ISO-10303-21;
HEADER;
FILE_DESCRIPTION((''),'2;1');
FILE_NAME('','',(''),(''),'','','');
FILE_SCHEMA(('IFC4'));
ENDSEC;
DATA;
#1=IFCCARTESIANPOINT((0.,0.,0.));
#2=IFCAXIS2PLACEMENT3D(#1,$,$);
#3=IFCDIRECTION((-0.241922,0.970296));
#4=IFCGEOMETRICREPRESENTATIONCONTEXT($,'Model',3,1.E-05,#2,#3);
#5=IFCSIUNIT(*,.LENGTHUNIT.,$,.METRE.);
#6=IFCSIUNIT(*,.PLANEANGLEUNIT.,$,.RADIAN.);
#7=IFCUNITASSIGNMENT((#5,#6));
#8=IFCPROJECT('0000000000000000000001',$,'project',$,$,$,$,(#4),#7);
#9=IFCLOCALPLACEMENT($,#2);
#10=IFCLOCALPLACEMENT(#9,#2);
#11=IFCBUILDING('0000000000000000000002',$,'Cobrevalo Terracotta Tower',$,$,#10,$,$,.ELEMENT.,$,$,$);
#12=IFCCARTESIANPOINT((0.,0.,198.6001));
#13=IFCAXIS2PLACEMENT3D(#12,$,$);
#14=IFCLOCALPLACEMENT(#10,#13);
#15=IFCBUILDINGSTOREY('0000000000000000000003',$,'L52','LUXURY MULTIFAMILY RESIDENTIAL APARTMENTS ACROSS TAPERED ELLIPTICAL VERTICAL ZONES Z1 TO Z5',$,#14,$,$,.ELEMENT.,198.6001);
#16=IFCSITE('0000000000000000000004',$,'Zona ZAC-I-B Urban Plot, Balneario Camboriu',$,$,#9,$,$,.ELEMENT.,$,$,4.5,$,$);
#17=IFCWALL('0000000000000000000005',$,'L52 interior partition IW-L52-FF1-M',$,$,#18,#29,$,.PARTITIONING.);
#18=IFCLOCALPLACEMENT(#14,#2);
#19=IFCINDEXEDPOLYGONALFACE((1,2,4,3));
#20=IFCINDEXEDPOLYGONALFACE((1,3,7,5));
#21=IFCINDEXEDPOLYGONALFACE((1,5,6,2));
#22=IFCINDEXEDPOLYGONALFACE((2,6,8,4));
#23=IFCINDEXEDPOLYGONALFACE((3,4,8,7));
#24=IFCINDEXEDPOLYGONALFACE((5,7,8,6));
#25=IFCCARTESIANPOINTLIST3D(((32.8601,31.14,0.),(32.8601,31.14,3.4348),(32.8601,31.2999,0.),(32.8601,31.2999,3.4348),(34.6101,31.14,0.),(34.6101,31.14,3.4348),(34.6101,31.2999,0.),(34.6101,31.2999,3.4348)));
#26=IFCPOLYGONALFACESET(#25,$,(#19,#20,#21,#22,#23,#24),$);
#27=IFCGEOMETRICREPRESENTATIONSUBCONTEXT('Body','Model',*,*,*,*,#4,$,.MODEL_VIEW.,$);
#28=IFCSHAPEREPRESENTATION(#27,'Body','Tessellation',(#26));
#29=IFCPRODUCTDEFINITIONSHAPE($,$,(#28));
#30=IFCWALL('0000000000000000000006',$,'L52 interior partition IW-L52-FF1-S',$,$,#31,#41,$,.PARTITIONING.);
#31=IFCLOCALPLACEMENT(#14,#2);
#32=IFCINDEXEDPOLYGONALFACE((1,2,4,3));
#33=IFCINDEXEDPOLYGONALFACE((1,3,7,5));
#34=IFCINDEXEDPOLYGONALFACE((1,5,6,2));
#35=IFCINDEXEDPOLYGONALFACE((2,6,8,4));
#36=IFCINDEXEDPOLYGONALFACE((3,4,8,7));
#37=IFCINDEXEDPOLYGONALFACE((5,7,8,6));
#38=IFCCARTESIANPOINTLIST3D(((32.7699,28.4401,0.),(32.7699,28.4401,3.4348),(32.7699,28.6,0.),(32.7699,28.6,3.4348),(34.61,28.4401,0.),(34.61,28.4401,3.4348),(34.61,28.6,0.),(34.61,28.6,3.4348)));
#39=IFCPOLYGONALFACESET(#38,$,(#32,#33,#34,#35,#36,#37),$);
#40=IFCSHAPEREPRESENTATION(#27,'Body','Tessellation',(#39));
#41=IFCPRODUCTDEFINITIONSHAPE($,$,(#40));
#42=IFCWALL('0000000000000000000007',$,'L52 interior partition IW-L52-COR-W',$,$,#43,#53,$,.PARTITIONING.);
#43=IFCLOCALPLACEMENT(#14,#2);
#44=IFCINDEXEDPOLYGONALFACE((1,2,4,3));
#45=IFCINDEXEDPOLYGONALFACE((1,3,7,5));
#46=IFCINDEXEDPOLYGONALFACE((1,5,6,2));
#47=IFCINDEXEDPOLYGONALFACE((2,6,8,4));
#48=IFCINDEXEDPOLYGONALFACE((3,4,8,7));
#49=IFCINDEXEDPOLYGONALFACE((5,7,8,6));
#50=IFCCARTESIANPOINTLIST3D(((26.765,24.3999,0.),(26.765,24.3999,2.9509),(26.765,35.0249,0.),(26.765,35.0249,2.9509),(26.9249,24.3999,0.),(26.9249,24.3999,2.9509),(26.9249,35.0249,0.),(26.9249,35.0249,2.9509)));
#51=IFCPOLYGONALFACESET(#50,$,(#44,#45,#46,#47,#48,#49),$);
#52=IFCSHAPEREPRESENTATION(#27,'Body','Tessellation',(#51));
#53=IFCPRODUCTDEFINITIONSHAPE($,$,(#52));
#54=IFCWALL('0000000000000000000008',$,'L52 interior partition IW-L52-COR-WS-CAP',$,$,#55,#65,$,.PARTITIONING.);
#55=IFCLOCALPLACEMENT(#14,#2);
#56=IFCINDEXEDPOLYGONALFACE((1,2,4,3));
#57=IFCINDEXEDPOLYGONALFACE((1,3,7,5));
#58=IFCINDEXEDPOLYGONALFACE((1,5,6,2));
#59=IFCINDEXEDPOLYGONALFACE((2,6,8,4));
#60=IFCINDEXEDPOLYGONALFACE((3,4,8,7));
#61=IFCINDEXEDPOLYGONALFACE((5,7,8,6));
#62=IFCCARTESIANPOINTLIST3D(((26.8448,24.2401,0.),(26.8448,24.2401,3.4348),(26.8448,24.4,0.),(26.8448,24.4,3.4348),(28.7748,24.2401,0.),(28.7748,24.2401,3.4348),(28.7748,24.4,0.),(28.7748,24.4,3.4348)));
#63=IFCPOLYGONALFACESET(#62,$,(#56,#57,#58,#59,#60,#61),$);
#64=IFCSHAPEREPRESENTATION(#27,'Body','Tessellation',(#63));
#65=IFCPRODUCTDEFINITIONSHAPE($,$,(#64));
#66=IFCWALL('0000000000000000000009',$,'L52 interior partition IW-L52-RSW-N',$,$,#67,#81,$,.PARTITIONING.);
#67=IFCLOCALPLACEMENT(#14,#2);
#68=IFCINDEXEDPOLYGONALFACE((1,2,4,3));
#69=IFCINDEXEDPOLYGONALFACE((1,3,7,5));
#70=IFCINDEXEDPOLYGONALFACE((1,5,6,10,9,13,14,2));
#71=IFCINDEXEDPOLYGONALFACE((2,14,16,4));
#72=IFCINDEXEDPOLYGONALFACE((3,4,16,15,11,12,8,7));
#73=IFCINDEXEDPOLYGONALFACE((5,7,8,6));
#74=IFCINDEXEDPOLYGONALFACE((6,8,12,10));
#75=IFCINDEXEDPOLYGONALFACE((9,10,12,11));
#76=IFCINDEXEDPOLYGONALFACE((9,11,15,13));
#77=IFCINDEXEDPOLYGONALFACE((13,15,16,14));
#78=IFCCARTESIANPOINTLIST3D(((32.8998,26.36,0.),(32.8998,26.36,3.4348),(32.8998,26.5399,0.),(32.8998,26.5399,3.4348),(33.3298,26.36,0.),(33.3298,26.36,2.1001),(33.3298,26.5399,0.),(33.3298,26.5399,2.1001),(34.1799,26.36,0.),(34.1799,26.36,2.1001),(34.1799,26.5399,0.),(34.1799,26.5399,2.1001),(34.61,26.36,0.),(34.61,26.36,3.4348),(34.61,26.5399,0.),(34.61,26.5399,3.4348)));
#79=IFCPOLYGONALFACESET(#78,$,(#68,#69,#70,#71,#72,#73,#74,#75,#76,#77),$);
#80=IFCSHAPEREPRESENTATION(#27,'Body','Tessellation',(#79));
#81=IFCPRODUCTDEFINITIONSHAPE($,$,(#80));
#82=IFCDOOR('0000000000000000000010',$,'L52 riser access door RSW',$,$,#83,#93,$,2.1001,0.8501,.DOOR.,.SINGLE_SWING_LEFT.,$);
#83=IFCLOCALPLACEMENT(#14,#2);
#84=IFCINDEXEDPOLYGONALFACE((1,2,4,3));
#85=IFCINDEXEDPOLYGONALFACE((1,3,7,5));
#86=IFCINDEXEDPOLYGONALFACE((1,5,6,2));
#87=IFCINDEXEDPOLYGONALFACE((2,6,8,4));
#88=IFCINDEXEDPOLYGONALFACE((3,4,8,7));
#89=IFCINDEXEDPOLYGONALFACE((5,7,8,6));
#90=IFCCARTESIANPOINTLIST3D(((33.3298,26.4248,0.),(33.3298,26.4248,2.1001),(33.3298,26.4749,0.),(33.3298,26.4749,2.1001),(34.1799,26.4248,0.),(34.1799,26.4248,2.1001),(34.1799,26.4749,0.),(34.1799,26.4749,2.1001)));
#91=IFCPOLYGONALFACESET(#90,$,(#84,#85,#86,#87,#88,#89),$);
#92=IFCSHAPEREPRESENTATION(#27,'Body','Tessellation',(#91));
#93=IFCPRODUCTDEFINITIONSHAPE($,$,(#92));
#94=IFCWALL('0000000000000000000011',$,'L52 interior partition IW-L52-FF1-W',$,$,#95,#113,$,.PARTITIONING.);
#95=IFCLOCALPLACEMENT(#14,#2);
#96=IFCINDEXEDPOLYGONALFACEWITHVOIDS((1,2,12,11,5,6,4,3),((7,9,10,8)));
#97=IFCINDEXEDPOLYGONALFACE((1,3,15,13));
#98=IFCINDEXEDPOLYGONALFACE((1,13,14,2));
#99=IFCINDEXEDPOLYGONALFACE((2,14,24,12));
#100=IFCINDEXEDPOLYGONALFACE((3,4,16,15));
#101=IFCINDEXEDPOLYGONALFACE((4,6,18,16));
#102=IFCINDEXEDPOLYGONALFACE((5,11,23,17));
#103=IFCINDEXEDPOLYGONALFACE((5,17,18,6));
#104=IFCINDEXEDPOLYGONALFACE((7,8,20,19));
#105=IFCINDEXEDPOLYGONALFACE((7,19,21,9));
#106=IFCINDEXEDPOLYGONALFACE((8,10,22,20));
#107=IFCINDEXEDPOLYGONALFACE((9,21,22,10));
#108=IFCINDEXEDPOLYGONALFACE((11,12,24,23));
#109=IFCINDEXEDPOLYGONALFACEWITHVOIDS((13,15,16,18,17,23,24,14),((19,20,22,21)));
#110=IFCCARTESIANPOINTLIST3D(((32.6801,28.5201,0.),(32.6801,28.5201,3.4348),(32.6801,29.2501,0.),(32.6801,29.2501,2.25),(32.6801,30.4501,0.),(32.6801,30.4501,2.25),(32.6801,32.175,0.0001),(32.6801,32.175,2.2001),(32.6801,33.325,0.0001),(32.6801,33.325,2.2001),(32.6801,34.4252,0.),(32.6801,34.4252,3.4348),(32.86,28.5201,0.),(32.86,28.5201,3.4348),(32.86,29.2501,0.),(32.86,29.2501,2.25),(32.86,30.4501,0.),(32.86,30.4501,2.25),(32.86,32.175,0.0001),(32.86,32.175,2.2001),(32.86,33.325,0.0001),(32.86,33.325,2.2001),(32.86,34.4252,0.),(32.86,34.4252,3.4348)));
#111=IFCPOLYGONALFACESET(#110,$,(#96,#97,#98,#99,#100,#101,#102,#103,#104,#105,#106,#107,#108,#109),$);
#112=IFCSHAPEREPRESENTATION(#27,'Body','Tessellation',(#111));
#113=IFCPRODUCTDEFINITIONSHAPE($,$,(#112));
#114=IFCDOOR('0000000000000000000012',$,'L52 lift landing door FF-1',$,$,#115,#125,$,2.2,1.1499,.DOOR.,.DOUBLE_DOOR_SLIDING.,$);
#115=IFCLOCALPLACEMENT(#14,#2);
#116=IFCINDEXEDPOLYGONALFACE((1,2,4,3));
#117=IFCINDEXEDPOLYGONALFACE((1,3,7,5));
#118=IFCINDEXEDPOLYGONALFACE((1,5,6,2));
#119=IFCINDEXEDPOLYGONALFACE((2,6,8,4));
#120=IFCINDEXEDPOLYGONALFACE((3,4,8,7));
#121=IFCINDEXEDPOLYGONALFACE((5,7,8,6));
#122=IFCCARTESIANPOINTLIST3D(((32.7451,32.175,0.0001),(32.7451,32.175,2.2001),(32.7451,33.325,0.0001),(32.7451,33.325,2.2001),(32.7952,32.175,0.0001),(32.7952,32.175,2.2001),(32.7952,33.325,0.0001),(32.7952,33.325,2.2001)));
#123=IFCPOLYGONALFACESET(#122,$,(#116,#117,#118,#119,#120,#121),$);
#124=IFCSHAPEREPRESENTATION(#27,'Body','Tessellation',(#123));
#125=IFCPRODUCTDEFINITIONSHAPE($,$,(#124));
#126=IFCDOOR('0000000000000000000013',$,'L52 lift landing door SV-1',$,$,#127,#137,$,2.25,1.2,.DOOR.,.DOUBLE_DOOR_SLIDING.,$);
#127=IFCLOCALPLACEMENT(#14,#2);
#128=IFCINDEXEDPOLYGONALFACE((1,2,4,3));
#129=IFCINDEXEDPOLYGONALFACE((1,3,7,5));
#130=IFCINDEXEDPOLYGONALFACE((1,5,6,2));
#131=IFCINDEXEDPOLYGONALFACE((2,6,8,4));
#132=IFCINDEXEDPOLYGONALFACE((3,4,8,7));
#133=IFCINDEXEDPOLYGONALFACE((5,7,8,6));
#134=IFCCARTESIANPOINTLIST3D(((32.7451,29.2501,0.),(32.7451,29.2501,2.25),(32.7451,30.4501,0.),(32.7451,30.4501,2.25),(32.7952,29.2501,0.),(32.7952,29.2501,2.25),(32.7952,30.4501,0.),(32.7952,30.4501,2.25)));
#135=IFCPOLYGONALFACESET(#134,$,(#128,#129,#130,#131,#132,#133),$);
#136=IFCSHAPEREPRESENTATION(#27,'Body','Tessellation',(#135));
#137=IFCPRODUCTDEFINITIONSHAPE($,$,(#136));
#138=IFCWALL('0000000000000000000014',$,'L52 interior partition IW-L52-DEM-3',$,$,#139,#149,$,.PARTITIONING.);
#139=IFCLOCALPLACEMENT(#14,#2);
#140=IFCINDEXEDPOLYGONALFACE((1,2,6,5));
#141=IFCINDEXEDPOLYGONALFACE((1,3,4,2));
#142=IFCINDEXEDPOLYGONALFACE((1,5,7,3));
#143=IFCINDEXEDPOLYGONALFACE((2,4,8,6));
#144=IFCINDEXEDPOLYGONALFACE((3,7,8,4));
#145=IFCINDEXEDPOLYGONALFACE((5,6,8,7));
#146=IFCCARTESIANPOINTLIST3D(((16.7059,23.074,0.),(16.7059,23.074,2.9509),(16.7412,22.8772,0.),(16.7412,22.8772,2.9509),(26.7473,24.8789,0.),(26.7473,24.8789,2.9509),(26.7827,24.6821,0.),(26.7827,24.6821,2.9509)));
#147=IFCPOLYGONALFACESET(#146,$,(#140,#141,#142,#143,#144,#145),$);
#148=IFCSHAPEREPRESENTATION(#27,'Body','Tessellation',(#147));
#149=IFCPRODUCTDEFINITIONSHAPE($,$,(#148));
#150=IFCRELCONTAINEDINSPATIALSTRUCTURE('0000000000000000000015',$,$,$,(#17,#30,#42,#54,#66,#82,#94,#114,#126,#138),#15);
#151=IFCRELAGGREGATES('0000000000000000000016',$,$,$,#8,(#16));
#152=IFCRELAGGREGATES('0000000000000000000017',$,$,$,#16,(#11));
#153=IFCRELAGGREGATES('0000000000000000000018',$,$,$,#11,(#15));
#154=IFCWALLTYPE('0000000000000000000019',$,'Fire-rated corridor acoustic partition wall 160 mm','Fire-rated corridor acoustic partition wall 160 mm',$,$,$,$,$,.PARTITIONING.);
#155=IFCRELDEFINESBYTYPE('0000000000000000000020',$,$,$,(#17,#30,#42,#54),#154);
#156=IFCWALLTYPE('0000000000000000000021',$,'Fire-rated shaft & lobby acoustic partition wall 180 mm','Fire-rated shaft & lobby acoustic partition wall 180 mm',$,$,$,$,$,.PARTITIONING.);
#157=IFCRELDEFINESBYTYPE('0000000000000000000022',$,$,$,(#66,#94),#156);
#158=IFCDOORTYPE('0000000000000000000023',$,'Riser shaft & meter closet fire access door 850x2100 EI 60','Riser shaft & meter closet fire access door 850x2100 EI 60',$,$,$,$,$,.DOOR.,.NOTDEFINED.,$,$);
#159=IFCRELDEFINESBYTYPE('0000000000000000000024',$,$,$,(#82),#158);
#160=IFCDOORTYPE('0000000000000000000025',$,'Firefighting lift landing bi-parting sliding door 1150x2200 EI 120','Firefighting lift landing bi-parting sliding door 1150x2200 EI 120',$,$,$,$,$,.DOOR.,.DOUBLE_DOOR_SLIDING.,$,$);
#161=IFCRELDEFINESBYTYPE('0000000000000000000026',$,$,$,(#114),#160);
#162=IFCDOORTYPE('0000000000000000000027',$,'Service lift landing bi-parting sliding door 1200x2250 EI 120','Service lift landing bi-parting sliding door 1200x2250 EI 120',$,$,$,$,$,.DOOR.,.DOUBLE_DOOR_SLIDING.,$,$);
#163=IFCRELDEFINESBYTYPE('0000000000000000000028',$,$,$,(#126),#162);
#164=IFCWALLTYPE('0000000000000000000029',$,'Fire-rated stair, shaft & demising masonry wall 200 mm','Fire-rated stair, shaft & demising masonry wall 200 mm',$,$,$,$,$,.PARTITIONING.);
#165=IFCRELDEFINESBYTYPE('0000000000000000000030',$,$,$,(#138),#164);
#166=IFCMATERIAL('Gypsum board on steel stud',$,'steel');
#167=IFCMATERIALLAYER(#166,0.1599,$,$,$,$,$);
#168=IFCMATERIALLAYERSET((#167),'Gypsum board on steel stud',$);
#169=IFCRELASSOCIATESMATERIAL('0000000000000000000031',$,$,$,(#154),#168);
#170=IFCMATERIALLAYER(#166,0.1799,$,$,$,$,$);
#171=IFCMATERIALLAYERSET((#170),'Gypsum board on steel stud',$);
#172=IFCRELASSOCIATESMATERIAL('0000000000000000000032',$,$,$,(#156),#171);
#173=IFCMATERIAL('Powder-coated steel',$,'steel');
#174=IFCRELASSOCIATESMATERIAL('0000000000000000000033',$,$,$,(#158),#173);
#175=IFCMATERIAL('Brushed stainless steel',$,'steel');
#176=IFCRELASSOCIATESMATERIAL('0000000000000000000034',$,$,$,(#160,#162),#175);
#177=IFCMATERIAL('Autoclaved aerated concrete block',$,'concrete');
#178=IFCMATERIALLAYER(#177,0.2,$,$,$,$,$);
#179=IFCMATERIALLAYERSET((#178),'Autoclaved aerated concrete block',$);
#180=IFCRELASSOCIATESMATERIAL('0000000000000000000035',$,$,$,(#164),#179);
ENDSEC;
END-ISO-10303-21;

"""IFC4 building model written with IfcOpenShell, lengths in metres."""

from ifc_helpers import new_model, si_unit, direction, frame, frame_2d, origin, place, context, subcontext, project, spatial, rectangle, extrude, source, transform, mapped, material, layer, layer_set, type_object, element, fill, save


model = new_model("IFC4")

# Units and contexts
model_context = context("Model", 3, precision=1e-05, world=origin(), true_north=direction((-0.241922, 0.970296)))
body_context = subcontext(model_context, "Body", "Model", "MODEL_VIEW")
ifc_project = project(units=[si_unit("LENGTHUNIT", "METRE"), si_unit("PLANEANGLEUNIT", "RADIAN")], contexts=[model_context])

# Site, building, storey
site_placement = place(None, origin())
site = spatial("IfcSite", under=ifc_project, at=site_placement, Name="Zona ZAC-I-B Urban Plot, Balneario Camboriu", CompositionType="ELEMENT", RefElevation=4.5)
building_placement = place(site_placement, origin())
building = spatial("IfcBuilding", under=site, at=building_placement, Name="Cobrevalo Terracotta Tower", CompositionType="ELEMENT")
storey_placement = place(building_placement, frame((0.0, 0.0, 198.6001)))
storey = spatial("IfcBuildingStorey", under=building, at=storey_placement, Name="L52", Description="LUXURY MULTIFAMILY RESIDENTIAL APARTMENTS ACROSS TAPERED ELLIPTICAL VERTICAL ZONES Z1 TO Z5", CompositionType="ELEMENT", Elevation=198.6001)

# Walls
ifc_material_1 = material(Name="Gypsum board on steel stud", Category="steel")
ifc_layer_1 = layer(ifc_material_1, 0.1599)
ifc_layer_set_1 = layer_set([ifc_layer_1], Name="Gypsum board on steel stud")
wall_type_1 = type_object("IfcWallType", Name="Fire-rated corridor acoustic partition wall 160 mm", Description="Fire-rated corridor acoustic partition wall 160 mm", PredefinedType="PARTITIONING", material=ifc_layer_set_1)
wall_1_placement = place(storey_placement, frame((32.8601, 31.22, 0.0), z_axis=(0.0, 0.0, 1.0), x_axis=(1.0, 0.0, 0.0)))
element("IfcWall", 1, at=wall_1_placement, inside=storey, type_object=wall_type_1, Name="L52 interior partition IW-L52-FF1-M", PredefinedType="PARTITIONING", context=body_context, shape_type="SweptSolid", body=[
    extrude(rectangle(XDim=1.75, YDim=0.1599, at=frame_2d((0.875, 0.0))), origin(), (0.0, 0.0, 1.0), 3.4348),
])
wall_2_placement = place(storey_placement, frame((32.77, 28.52, 0.0), z_axis=(0.0, 0.0, 1.0), x_axis=(1.0, 0.0, 0.0)))
element("IfcWall", 2, at=wall_2_placement, inside=storey, type_object=wall_type_1, Name="L52 interior partition IW-L52-FF1-S", PredefinedType="PARTITIONING", context=body_context, shape_type="SweptSolid", body=[
    extrude(rectangle(XDim=1.8401, YDim=0.1599, at=frame_2d((0.9199, 0.0))), origin(), (0.0, 0.0, 1.0), 3.4348),
])
wall_3_placement = place(storey_placement, frame((26.845, 24.3999, 0.0), z_axis=(0.0, 0.0, 1.0), x_axis=(0.0, 1.0, 0.0)))
element("IfcWall", 3, at=wall_3_placement, inside=storey, type_object=wall_type_1, Name="L52 interior partition IW-L52-COR-W", PredefinedType="PARTITIONING", context=body_context, shape_type="SweptSolid", body=[
    extrude(rectangle(XDim=10.625, YDim=0.1599, at=frame_2d((5.3125, 0.0))), origin(), (0.0, 0.0, 1.0), 2.9509),
])
wall_4_placement = place(storey_placement, frame((26.845, 24.3201, 0.0), z_axis=(0.0, 0.0, 1.0), x_axis=(1.0, 0.0, 0.0)))
element("IfcWall", 4, at=wall_4_placement, inside=storey, type_object=wall_type_1, Name="L52 interior partition IW-L52-COR-WS-CAP", PredefinedType="PARTITIONING", context=body_context, shape_type="SweptSolid", body=[
    extrude(rectangle(XDim=1.9299, YDim=0.1599, at=frame_2d((0.9648, 0.0))), origin(), (0.0, 0.0, 1.0), 3.4348),
])

# Wall, opening, door
ifc_layer_2 = layer(ifc_material_1, 0.1799)
ifc_layer_set_2 = layer_set([ifc_layer_2], Name="Gypsum board on steel stud")
wall_type_2 = type_object("IfcWallType", Name="Fire-rated shaft & lobby acoustic partition wall 180 mm", Description="Fire-rated shaft & lobby acoustic partition wall 180 mm", PredefinedType="PARTITIONING", material=ifc_layer_set_2)
wall_5_placement = place(storey_placement, frame((32.8999, 26.45, 0.0), z_axis=(0.0, 0.0, 1.0), x_axis=(1.0, 0.0, 0.0)))
wall_5 = element("IfcWall", 5, at=wall_5_placement, inside=storey, type_object=wall_type_2, Name="L52 interior partition IW-L52-RSW-N", PredefinedType="PARTITIONING", context=body_context, shape_type="SweptSolid", body=[
    extrude(rectangle(XDim=1.7102, YDim=0.1799, at=frame_2d((0.855, 0.0))), origin(), (0.0, 0.0, 1.0), 3.4348),
])
opening_1_placement = place(wall_5_placement, frame((0.4299, 0.0, 0.0)))
opening_1 = element("IfcOpeningElement", 6, at=opening_1_placement, cuts=wall_5, PredefinedType="OPENING", context=body_context, shape_type="SweptSolid", body=[
    extrude(rectangle(XDim=0.8501, YDim=2.1001, at=frame_2d((0.425, 1.05))), frame((0.0, 0.1001, 0.0), z_axis=(0.0, -1.0, 0.0), x_axis=(1.0, 0.0, 0.0)), (0.0, 0.0, 1.0), 0.2),
])
ifc_material_2 = material(Name="Powder-coated steel", Category="steel")
door_type_1 = type_object("IfcDoorType", Name="Riser shaft & meter closet fire access door 850x2100 EI 60", Description="Riser shaft & meter closet fire access door 850x2100 EI 60", OperationType="NOTDEFINED", PredefinedType="DOOR", material=ifc_material_2)
shared_shape_1 = source(origin(), body_context, "Body", "SweptSolid", [
    extrude(rectangle(XDim=0.8501, YDim=2.1001, at=frame_2d((0.425, 1.05))), frame((0.0, 0.0249, 0.0), z_axis=(0.0, -1.0, 0.0), x_axis=(1.0, 0.0, 0.0)), (0.0, 0.0, 1.0), 0.05),
])
door_1_placement = place(opening_1_placement, origin())
door_1 = element("IfcDoor", 7, at=door_1_placement, inside=storey, type_object=door_type_1, Name="L52 riser access door RSW", OperationType="SINGLE_SWING_LEFT", OverallHeight=2.1001, OverallWidth=0.8501, PredefinedType="DOOR", context=body_context, shape_type="MappedRepresentation", body=[
    mapped(shared_shape_1, transform((0.0, 0.0, 0.0), scale=1.0)),
])
fill(opening_1, door_1)

# Wall, openings, doors
wall_6_placement = place(storey_placement, frame((32.77, 28.52, 0.0), z_axis=(0.0, 0.0, 1.0), x_axis=(0.0, 1.0, 0.0)))
wall_6 = element("IfcWall", 8, at=wall_6_placement, inside=storey, type_object=wall_type_2, Name="L52 interior partition IW-L52-FF1-W", PredefinedType="PARTITIONING", context=body_context, shape_type="SweptSolid", body=[
    extrude(rectangle(XDim=5.905, YDim=0.1799, at=frame_2d((2.9526, 0.0))), origin(), (0.0, 0.0, 1.0), 3.4348),
])
opening_2_placement = place(wall_6_placement, frame((3.655, 0.0, 0.0)))
opening_2 = element("IfcOpeningElement", 9, at=opening_2_placement, cuts=wall_6, PredefinedType="OPENING", context=body_context, shape_type="SweptSolid", body=[
    extrude(rectangle(XDim=1.1499, YDim=2.2, at=frame_2d((0.575, 1.1001))), frame((0.0, 0.1001, 0.0), z_axis=(0.0, -1.0, 0.0), x_axis=(1.0, 0.0, 0.0)), (0.0, 0.0, 1.0), 0.2),
])
opening_3_placement = place(wall_6_placement, frame((0.73, 0.0, 0.0)))
opening_3 = element("IfcOpeningElement", 10, at=opening_3_placement, cuts=wall_6, PredefinedType="OPENING", context=body_context, shape_type="SweptSolid", body=[
    extrude(rectangle(XDim=1.2, YDim=2.25, at=frame_2d((0.6001, 1.125))), frame((0.0, 0.1001, 0.0), z_axis=(0.0, -1.0, 0.0), x_axis=(1.0, 0.0, 0.0)), (0.0, 0.0, 1.0), 0.2),
])
ifc_material_3 = material(Name="Brushed stainless steel", Category="steel")
door_type_2 = type_object("IfcDoorType", Name="Firefighting lift landing bi-parting sliding door 1150x2200 EI 120", Description="Firefighting lift landing bi-parting sliding door 1150x2200 EI 120", OperationType="DOUBLE_DOOR_SLIDING", PredefinedType="DOOR", material=ifc_material_3)
shared_shape_2 = source(origin(), body_context, "Body", "SweptSolid", [
    extrude(rectangle(XDim=1.1499, YDim=2.2, at=frame_2d((0.575, 1.1001))), frame((0.0, 0.0249, 0.0), z_axis=(0.0, -1.0, 0.0), x_axis=(1.0, 0.0, 0.0)), (0.0, 0.0, 1.0), 0.05),
])
door_2_placement = place(opening_2_placement, origin())
door_2 = element("IfcDoor", 11, at=door_2_placement, inside=storey, type_object=door_type_2, Name="L52 lift landing door FF-1", OperationType="DOUBLE_DOOR_SLIDING", OverallHeight=2.2, OverallWidth=1.1499, PredefinedType="DOOR", context=body_context, shape_type="MappedRepresentation", body=[
    mapped(shared_shape_2, transform((0.0, 0.0, 0.0), scale=1.0)),
])
fill(opening_2, door_2)
door_type_3 = type_object("IfcDoorType", Name="Service lift landing bi-parting sliding door 1200x2250 EI 120", Description="Service lift landing bi-parting sliding door 1200x2250 EI 120", OperationType="DOUBLE_DOOR_SLIDING", PredefinedType="DOOR", material=ifc_material_3)
shared_shape_3 = source(origin(), body_context, "Body", "SweptSolid", [
    extrude(rectangle(XDim=1.2, YDim=2.25, at=frame_2d((0.6001, 1.125))), frame((0.0, 0.0249, 0.0), z_axis=(0.0, -1.0, 0.0), x_axis=(1.0, 0.0, 0.0)), (0.0, 0.0, 1.0), 0.05),
])
door_3_placement = place(opening_3_placement, origin())
door_3 = element("IfcDoor", 12, at=door_3_placement, inside=storey, type_object=door_type_3, Name="L52 lift landing door SV-1", OperationType="DOUBLE_DOOR_SLIDING", OverallHeight=2.25, OverallWidth=1.2, PredefinedType="DOOR", context=body_context, shape_type="MappedRepresentation", body=[
    mapped(shared_shape_3, transform((0.0, 0.0, 0.0), scale=1.0)),
])
fill(opening_3, door_3)

# Wall
ifc_material_4 = material(Name="Autoclaved aerated concrete block", Category="concrete")
ifc_layer_3 = layer(ifc_material_4, 0.2)
ifc_layer_set_3 = layer_set([ifc_layer_3], Name="Autoclaved aerated concrete block")
wall_type_3 = type_object("IfcWallType", Name="Fire-rated stair, shaft & demising masonry wall 200 mm", Description="Fire-rated stair, shaft & demising masonry wall 200 mm", PredefinedType="PARTITIONING", material=ifc_layer_set_3)
wall_7_placement = place(storey_placement, frame((26.7649, 24.7805, 0.0), z_axis=(0.0, 0.0, 1.0), x_axis=(-0.984227, -0.176912, 0.0)))
element("IfcWall", 13, at=wall_7_placement, inside=storey, type_object=wall_type_3, Name="L52 interior partition IW-L52-DEM-3", PredefinedType="PARTITIONING", context=body_context, shape_type="SweptSolid", body=[
    extrude(rectangle(XDim=10.2024, YDim=0.2, at=frame_2d((5.1011, 0.0))), origin(), (0.0, 0.0, 1.0), 2.9509),
])

save(model, "model.ifc")
